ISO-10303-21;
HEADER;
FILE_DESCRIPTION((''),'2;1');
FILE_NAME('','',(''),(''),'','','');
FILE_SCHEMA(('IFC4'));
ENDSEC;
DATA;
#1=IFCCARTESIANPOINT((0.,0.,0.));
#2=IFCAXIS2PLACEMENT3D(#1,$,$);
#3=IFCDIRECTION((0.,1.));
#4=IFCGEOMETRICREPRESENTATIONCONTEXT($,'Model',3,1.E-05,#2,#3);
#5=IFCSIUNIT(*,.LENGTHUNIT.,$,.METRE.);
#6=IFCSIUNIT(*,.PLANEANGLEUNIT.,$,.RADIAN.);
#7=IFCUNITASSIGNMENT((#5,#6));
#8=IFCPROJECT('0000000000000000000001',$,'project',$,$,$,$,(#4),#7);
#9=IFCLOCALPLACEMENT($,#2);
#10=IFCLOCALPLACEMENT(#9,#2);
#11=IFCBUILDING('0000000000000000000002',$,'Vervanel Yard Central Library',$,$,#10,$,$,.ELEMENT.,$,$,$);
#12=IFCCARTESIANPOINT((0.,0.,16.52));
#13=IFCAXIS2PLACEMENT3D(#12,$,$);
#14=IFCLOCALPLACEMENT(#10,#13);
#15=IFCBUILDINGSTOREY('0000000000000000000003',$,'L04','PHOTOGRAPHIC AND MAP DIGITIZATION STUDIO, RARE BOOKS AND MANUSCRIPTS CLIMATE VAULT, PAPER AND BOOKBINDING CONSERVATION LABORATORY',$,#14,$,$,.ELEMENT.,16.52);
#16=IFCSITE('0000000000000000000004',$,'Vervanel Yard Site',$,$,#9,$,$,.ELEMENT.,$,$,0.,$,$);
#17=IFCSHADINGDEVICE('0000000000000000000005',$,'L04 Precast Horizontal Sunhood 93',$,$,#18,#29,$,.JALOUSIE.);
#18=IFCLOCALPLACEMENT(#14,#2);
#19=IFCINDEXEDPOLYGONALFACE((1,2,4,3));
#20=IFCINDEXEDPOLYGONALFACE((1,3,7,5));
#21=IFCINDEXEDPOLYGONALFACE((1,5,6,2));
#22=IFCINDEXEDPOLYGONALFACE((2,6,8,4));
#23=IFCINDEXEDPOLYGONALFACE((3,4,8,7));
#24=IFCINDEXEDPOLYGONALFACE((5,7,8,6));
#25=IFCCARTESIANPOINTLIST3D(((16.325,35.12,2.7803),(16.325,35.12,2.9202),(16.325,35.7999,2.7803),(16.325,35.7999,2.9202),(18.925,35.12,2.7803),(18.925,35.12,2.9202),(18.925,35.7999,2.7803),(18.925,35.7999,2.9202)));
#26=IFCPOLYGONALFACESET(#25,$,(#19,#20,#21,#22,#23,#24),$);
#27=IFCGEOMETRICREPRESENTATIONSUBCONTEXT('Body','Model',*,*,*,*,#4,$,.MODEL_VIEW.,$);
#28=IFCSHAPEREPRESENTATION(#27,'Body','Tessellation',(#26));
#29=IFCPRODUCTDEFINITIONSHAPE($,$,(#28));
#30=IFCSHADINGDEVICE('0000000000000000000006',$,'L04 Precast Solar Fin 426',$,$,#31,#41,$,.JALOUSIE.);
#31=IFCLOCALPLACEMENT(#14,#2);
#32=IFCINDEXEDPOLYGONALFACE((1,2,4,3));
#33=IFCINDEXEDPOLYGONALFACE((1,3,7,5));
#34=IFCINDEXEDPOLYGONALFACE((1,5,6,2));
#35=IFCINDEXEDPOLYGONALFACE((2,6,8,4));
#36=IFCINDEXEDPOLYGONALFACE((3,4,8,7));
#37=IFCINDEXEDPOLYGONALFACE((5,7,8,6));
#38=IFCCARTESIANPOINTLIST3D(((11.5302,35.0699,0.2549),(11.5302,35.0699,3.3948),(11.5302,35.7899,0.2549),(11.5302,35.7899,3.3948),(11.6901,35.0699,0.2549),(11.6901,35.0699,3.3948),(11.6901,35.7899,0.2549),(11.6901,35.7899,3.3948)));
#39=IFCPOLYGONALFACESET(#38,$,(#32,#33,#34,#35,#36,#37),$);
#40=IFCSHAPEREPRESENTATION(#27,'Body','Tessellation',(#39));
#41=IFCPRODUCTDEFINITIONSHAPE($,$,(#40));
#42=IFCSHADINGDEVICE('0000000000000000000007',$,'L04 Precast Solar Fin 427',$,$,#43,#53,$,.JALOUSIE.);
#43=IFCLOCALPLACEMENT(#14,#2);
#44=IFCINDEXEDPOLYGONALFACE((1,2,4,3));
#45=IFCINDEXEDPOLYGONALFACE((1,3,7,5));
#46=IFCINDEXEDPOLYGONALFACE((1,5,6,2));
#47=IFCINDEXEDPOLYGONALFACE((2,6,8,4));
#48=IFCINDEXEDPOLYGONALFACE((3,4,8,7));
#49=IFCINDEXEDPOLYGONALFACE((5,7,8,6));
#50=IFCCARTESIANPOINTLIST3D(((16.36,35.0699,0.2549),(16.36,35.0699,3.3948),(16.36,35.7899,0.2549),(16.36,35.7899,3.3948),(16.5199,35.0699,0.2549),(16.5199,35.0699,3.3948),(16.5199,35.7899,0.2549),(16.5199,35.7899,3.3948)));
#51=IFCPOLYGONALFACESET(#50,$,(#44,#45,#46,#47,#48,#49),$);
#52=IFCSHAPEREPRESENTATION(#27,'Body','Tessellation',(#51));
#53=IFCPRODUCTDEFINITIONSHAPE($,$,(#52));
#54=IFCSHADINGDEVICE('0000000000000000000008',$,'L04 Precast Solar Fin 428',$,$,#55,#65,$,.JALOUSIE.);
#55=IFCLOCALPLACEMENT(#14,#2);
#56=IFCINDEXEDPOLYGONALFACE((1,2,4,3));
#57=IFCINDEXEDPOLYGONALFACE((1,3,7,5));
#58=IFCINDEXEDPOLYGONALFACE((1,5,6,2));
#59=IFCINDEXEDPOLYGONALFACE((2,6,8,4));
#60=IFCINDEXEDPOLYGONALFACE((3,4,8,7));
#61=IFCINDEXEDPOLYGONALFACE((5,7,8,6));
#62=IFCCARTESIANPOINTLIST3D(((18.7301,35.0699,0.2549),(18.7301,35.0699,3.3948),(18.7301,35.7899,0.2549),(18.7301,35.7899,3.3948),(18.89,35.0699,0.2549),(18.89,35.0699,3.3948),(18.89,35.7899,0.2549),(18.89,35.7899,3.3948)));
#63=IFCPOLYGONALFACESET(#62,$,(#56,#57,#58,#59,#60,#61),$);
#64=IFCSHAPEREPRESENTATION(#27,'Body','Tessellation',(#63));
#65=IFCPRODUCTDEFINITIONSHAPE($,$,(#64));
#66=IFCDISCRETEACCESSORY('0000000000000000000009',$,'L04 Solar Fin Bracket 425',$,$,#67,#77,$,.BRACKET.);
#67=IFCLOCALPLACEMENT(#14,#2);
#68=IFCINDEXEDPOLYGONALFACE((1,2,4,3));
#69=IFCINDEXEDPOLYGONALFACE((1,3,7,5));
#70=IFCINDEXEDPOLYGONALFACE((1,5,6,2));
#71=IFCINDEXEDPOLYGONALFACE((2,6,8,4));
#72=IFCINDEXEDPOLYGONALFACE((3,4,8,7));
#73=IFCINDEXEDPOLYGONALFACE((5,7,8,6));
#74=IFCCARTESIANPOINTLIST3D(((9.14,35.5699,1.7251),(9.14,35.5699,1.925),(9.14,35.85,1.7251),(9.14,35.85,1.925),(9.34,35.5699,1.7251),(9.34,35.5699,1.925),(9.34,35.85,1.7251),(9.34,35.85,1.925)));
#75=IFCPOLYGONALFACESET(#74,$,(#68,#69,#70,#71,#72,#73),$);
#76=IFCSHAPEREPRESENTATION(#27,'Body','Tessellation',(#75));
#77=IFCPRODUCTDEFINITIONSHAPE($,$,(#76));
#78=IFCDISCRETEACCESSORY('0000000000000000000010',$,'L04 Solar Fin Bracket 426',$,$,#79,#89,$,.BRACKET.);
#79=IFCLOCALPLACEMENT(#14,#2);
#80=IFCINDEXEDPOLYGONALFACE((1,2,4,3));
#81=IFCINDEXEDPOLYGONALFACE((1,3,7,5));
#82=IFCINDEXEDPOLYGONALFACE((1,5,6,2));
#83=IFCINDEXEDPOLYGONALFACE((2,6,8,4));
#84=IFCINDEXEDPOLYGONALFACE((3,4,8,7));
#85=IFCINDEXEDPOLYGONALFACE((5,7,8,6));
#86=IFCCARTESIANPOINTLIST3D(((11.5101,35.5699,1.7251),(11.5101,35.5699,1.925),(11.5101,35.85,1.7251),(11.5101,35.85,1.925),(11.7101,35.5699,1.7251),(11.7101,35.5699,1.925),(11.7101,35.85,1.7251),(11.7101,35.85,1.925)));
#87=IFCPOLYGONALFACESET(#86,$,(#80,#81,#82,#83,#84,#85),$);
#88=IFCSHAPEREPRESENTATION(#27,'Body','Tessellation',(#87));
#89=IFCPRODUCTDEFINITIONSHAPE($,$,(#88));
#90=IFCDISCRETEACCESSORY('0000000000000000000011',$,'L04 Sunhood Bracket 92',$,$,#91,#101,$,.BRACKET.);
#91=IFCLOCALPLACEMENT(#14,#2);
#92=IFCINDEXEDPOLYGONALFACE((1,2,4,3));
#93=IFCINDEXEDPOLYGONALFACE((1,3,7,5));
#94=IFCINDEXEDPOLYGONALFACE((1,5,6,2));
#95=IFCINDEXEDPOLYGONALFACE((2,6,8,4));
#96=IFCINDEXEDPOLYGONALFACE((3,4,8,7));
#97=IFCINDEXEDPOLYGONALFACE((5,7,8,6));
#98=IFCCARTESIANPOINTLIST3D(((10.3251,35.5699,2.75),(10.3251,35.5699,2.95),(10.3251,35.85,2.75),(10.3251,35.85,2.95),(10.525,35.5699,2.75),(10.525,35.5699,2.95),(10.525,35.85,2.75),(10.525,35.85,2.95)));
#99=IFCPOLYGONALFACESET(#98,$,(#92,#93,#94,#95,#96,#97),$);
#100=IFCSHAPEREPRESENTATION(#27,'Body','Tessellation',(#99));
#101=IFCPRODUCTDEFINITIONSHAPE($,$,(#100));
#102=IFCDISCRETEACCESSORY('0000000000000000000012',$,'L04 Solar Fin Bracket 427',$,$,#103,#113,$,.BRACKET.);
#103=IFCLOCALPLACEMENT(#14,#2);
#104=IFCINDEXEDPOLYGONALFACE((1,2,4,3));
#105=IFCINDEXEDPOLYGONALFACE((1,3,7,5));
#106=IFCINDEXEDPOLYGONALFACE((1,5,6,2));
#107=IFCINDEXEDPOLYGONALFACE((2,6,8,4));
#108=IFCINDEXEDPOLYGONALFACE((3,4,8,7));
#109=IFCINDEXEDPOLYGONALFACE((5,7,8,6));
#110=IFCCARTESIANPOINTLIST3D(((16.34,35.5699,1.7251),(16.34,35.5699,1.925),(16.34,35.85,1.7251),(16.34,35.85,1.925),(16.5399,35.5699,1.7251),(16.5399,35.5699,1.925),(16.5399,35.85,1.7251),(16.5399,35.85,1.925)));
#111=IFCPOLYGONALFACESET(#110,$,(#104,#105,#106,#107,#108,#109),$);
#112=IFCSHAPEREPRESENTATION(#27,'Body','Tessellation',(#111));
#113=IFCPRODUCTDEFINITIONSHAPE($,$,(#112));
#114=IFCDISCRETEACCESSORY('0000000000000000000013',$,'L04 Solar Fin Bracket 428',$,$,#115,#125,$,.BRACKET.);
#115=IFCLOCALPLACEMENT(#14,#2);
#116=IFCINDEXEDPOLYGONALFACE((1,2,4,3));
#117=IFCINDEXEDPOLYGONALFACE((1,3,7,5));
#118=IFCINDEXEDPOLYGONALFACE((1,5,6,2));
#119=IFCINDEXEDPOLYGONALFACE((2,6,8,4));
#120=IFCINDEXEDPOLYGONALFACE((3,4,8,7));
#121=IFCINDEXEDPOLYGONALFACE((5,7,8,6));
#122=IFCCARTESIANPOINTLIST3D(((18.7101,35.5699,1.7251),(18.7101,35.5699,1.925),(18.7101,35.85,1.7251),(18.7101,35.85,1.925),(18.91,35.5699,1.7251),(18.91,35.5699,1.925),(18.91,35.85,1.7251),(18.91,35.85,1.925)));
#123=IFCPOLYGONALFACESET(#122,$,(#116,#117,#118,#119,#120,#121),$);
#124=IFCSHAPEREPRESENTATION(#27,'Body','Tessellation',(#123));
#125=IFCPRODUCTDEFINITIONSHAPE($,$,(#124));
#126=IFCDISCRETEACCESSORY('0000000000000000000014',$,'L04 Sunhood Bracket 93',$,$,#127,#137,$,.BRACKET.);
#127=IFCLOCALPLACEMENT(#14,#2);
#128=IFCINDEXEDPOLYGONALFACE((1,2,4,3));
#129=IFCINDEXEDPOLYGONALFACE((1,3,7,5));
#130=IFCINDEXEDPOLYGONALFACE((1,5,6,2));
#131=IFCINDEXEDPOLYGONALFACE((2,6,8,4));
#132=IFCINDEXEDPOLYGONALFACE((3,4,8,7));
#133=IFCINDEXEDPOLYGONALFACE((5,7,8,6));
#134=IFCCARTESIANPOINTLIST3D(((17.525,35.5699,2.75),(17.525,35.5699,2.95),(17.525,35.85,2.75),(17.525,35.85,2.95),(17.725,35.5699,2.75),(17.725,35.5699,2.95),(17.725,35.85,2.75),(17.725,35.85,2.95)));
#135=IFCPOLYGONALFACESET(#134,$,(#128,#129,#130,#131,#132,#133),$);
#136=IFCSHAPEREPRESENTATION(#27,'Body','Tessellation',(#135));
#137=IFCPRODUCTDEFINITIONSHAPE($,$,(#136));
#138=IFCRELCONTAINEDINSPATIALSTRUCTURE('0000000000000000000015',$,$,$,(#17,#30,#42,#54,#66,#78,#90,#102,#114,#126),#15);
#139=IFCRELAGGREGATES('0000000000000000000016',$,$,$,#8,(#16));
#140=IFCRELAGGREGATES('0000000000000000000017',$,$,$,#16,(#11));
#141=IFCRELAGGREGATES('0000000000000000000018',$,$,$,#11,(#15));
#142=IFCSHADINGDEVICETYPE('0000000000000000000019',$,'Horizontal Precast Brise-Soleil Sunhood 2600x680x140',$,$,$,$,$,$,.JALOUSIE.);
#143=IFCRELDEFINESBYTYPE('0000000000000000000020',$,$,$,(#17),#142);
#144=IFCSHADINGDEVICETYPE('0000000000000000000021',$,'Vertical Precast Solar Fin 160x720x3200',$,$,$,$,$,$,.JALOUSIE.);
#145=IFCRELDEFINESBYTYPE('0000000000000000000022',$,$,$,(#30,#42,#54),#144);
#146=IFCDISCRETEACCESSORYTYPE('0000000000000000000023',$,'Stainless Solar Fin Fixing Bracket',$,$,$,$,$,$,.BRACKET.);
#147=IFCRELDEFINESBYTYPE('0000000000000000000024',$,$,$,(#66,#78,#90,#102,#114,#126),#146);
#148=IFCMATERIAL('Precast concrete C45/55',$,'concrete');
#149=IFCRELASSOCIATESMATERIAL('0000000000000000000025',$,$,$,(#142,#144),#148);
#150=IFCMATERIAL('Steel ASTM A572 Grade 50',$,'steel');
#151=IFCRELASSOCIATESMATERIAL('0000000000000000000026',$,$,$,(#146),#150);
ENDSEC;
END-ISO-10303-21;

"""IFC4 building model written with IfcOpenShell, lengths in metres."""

from ifc_helpers import new_model, si_unit, direction, frame, origin, origin_2d, place, context, subcontext, project, spatial, rectangle, extrude, material, type_object, element, save


model = new_model("IFC4")

# Units and contexts
model_context = context("Model", 3, precision=1e-05, world=origin(), true_north=direction((0.0, 1.0)))
body_context = subcontext(model_context, "Body", "Model", "MODEL_VIEW")
ifc_project = project(units=[si_unit("LENGTHUNIT", "METRE"), si_unit("PLANEANGLEUNIT", "RADIAN")], contexts=[model_context])

# Site, building, storey
site_placement = place(None, origin())
site = spatial("IfcSite", under=ifc_project, at=site_placement, Name="Vervanel Yard Site", CompositionType="ELEMENT", RefElevation=0.0)
building_placement = place(site_placement, origin())
building = spatial("IfcBuilding", under=site, at=building_placement, Name="Vervanel Yard Central Library", CompositionType="ELEMENT")
storey_placement = place(building_placement, frame((0.0, 0.0, 16.52)))
storey = spatial("IfcBuildingStorey", under=building, at=storey_placement, Name="L04", Description="PHOTOGRAPHIC AND MAP DIGITIZATION STUDIO, RARE BOOKS AND MANUSCRIPTS CLIMATE VAULT, PAPER AND BOOKBINDING CONSERVATION LABORATORY", CompositionType="ELEMENT", Elevation=16.52)

# Shared definitions
ifc_material_1 = material(Name="Precast concrete C45/55", Category="concrete")

# Shading devices
shading_device_type_1 = type_object("IfcShadingDeviceType", Name="Horizontal Precast Brise-Soleil Sunhood 2600x680x140", PredefinedType="JALOUSIE", material=ifc_material_1)
for number, where, z_axis, x_axis, name in (
    (1, (17.625, 35.46, 2.7803), (0.0, 0.0, 1.0), (1.0, 0.0, 0.0), "L04 Precast Horizontal Sunhood 93"),
):
    element("IfcShadingDevice", number, at=place(storey_placement, frame(where, z_axis=z_axis, x_axis=x_axis)), inside=storey, type_object=shading_device_type_1, Name=name, PredefinedType="JALOUSIE", context=body_context, shape_type="SweptSolid", body=[
        extrude(rectangle(XDim=2.6001, YDim=0.6799, at=origin_2d()), origin(), (0.0, 0.0, 1.0), 0.1399),
    ])
shading_device_type_2 = type_object("IfcShadingDeviceType", Name="Vertical Precast Solar Fin 160x720x3200", PredefinedType="JALOUSIE", material=ifc_material_1)
for number, where, z_axis, x_axis, name in (
    (2, (11.6101, 35.4299, 0.2549), (0.0, 0.0, 1.0), (1.0, 0.0, 0.0), "L04 Precast Solar Fin 426"),
    (3, (16.4399, 35.4299, 0.2549), (0.0, 0.0, 1.0), (1.0, 0.0, 0.0), "L04 Precast Solar Fin 427"),
    (4, (18.8101, 35.4299, 0.2549), (0.0, 0.0, 1.0), (1.0, 0.0, 0.0), "L04 Precast Solar Fin 428"),
):
    element("IfcShadingDevice", number, at=place(storey_placement, frame(where, z_axis=z_axis, x_axis=x_axis)), inside=storey, type_object=shading_device_type_2, Name=name, PredefinedType="JALOUSIE", context=body_context, shape_type="SweptSolid", body=[
        extrude(rectangle(XDim=0.1599, YDim=0.72, at=origin_2d()), origin(), (0.0, 0.0, 1.0), 3.1399),
    ])

# Discrete accessories
ifc_material_2 = material(Name="Steel ASTM A572 Grade 50", Category="steel")
discrete_accessory_type = type_object("IfcDiscreteAccessoryType", Name="Stainless Solar Fin Fixing Bracket", PredefinedType="BRACKET", material=ifc_material_2)
for number, where, z_axis, x_axis, name in (
    (5, (9.24, 35.71, 1.7251), (0.0, 0.0, 1.0), (1.0, 0.0, 0.0), "L04 Solar Fin Bracket 425"),
    (6, (11.6101, 35.71, 1.7251), (0.0, 0.0, 1.0), (1.0, 0.0, 0.0), "L04 Solar Fin Bracket 426"),
    (7, (10.425, 35.71, 2.75), (0.0, 0.0, 1.0), (1.0, 0.0, 0.0), "L04 Sunhood Bracket 92"),
    (8, (16.4399, 35.71, 1.7251), (0.0, 0.0, 1.0), (1.0, 0.0, 0.0), "L04 Solar Fin Bracket 427"),
    (9, (18.8101, 35.71, 1.7251), (0.0, 0.0, 1.0), (1.0, 0.0, 0.0), "L04 Solar Fin Bracket 428"),
    (10, (17.625, 35.71, 2.75), (0.0, 0.0, 1.0), (1.0, 0.0, 0.0), "L04 Sunhood Bracket 93"),
):
    element("IfcDiscreteAccessory", number, at=place(storey_placement, frame(where, z_axis=z_axis, x_axis=x_axis)), inside=storey, type_object=discrete_accessory_type, Name=name, PredefinedType="BRACKET", context=body_context, shape_type="SweptSolid", body=[
        extrude(rectangle(XDim=0.2, YDim=0.28, at=origin_2d()), origin(), (0.0, 0.0, 1.0), 0.2),
    ])

save(model, "model.ifc")
